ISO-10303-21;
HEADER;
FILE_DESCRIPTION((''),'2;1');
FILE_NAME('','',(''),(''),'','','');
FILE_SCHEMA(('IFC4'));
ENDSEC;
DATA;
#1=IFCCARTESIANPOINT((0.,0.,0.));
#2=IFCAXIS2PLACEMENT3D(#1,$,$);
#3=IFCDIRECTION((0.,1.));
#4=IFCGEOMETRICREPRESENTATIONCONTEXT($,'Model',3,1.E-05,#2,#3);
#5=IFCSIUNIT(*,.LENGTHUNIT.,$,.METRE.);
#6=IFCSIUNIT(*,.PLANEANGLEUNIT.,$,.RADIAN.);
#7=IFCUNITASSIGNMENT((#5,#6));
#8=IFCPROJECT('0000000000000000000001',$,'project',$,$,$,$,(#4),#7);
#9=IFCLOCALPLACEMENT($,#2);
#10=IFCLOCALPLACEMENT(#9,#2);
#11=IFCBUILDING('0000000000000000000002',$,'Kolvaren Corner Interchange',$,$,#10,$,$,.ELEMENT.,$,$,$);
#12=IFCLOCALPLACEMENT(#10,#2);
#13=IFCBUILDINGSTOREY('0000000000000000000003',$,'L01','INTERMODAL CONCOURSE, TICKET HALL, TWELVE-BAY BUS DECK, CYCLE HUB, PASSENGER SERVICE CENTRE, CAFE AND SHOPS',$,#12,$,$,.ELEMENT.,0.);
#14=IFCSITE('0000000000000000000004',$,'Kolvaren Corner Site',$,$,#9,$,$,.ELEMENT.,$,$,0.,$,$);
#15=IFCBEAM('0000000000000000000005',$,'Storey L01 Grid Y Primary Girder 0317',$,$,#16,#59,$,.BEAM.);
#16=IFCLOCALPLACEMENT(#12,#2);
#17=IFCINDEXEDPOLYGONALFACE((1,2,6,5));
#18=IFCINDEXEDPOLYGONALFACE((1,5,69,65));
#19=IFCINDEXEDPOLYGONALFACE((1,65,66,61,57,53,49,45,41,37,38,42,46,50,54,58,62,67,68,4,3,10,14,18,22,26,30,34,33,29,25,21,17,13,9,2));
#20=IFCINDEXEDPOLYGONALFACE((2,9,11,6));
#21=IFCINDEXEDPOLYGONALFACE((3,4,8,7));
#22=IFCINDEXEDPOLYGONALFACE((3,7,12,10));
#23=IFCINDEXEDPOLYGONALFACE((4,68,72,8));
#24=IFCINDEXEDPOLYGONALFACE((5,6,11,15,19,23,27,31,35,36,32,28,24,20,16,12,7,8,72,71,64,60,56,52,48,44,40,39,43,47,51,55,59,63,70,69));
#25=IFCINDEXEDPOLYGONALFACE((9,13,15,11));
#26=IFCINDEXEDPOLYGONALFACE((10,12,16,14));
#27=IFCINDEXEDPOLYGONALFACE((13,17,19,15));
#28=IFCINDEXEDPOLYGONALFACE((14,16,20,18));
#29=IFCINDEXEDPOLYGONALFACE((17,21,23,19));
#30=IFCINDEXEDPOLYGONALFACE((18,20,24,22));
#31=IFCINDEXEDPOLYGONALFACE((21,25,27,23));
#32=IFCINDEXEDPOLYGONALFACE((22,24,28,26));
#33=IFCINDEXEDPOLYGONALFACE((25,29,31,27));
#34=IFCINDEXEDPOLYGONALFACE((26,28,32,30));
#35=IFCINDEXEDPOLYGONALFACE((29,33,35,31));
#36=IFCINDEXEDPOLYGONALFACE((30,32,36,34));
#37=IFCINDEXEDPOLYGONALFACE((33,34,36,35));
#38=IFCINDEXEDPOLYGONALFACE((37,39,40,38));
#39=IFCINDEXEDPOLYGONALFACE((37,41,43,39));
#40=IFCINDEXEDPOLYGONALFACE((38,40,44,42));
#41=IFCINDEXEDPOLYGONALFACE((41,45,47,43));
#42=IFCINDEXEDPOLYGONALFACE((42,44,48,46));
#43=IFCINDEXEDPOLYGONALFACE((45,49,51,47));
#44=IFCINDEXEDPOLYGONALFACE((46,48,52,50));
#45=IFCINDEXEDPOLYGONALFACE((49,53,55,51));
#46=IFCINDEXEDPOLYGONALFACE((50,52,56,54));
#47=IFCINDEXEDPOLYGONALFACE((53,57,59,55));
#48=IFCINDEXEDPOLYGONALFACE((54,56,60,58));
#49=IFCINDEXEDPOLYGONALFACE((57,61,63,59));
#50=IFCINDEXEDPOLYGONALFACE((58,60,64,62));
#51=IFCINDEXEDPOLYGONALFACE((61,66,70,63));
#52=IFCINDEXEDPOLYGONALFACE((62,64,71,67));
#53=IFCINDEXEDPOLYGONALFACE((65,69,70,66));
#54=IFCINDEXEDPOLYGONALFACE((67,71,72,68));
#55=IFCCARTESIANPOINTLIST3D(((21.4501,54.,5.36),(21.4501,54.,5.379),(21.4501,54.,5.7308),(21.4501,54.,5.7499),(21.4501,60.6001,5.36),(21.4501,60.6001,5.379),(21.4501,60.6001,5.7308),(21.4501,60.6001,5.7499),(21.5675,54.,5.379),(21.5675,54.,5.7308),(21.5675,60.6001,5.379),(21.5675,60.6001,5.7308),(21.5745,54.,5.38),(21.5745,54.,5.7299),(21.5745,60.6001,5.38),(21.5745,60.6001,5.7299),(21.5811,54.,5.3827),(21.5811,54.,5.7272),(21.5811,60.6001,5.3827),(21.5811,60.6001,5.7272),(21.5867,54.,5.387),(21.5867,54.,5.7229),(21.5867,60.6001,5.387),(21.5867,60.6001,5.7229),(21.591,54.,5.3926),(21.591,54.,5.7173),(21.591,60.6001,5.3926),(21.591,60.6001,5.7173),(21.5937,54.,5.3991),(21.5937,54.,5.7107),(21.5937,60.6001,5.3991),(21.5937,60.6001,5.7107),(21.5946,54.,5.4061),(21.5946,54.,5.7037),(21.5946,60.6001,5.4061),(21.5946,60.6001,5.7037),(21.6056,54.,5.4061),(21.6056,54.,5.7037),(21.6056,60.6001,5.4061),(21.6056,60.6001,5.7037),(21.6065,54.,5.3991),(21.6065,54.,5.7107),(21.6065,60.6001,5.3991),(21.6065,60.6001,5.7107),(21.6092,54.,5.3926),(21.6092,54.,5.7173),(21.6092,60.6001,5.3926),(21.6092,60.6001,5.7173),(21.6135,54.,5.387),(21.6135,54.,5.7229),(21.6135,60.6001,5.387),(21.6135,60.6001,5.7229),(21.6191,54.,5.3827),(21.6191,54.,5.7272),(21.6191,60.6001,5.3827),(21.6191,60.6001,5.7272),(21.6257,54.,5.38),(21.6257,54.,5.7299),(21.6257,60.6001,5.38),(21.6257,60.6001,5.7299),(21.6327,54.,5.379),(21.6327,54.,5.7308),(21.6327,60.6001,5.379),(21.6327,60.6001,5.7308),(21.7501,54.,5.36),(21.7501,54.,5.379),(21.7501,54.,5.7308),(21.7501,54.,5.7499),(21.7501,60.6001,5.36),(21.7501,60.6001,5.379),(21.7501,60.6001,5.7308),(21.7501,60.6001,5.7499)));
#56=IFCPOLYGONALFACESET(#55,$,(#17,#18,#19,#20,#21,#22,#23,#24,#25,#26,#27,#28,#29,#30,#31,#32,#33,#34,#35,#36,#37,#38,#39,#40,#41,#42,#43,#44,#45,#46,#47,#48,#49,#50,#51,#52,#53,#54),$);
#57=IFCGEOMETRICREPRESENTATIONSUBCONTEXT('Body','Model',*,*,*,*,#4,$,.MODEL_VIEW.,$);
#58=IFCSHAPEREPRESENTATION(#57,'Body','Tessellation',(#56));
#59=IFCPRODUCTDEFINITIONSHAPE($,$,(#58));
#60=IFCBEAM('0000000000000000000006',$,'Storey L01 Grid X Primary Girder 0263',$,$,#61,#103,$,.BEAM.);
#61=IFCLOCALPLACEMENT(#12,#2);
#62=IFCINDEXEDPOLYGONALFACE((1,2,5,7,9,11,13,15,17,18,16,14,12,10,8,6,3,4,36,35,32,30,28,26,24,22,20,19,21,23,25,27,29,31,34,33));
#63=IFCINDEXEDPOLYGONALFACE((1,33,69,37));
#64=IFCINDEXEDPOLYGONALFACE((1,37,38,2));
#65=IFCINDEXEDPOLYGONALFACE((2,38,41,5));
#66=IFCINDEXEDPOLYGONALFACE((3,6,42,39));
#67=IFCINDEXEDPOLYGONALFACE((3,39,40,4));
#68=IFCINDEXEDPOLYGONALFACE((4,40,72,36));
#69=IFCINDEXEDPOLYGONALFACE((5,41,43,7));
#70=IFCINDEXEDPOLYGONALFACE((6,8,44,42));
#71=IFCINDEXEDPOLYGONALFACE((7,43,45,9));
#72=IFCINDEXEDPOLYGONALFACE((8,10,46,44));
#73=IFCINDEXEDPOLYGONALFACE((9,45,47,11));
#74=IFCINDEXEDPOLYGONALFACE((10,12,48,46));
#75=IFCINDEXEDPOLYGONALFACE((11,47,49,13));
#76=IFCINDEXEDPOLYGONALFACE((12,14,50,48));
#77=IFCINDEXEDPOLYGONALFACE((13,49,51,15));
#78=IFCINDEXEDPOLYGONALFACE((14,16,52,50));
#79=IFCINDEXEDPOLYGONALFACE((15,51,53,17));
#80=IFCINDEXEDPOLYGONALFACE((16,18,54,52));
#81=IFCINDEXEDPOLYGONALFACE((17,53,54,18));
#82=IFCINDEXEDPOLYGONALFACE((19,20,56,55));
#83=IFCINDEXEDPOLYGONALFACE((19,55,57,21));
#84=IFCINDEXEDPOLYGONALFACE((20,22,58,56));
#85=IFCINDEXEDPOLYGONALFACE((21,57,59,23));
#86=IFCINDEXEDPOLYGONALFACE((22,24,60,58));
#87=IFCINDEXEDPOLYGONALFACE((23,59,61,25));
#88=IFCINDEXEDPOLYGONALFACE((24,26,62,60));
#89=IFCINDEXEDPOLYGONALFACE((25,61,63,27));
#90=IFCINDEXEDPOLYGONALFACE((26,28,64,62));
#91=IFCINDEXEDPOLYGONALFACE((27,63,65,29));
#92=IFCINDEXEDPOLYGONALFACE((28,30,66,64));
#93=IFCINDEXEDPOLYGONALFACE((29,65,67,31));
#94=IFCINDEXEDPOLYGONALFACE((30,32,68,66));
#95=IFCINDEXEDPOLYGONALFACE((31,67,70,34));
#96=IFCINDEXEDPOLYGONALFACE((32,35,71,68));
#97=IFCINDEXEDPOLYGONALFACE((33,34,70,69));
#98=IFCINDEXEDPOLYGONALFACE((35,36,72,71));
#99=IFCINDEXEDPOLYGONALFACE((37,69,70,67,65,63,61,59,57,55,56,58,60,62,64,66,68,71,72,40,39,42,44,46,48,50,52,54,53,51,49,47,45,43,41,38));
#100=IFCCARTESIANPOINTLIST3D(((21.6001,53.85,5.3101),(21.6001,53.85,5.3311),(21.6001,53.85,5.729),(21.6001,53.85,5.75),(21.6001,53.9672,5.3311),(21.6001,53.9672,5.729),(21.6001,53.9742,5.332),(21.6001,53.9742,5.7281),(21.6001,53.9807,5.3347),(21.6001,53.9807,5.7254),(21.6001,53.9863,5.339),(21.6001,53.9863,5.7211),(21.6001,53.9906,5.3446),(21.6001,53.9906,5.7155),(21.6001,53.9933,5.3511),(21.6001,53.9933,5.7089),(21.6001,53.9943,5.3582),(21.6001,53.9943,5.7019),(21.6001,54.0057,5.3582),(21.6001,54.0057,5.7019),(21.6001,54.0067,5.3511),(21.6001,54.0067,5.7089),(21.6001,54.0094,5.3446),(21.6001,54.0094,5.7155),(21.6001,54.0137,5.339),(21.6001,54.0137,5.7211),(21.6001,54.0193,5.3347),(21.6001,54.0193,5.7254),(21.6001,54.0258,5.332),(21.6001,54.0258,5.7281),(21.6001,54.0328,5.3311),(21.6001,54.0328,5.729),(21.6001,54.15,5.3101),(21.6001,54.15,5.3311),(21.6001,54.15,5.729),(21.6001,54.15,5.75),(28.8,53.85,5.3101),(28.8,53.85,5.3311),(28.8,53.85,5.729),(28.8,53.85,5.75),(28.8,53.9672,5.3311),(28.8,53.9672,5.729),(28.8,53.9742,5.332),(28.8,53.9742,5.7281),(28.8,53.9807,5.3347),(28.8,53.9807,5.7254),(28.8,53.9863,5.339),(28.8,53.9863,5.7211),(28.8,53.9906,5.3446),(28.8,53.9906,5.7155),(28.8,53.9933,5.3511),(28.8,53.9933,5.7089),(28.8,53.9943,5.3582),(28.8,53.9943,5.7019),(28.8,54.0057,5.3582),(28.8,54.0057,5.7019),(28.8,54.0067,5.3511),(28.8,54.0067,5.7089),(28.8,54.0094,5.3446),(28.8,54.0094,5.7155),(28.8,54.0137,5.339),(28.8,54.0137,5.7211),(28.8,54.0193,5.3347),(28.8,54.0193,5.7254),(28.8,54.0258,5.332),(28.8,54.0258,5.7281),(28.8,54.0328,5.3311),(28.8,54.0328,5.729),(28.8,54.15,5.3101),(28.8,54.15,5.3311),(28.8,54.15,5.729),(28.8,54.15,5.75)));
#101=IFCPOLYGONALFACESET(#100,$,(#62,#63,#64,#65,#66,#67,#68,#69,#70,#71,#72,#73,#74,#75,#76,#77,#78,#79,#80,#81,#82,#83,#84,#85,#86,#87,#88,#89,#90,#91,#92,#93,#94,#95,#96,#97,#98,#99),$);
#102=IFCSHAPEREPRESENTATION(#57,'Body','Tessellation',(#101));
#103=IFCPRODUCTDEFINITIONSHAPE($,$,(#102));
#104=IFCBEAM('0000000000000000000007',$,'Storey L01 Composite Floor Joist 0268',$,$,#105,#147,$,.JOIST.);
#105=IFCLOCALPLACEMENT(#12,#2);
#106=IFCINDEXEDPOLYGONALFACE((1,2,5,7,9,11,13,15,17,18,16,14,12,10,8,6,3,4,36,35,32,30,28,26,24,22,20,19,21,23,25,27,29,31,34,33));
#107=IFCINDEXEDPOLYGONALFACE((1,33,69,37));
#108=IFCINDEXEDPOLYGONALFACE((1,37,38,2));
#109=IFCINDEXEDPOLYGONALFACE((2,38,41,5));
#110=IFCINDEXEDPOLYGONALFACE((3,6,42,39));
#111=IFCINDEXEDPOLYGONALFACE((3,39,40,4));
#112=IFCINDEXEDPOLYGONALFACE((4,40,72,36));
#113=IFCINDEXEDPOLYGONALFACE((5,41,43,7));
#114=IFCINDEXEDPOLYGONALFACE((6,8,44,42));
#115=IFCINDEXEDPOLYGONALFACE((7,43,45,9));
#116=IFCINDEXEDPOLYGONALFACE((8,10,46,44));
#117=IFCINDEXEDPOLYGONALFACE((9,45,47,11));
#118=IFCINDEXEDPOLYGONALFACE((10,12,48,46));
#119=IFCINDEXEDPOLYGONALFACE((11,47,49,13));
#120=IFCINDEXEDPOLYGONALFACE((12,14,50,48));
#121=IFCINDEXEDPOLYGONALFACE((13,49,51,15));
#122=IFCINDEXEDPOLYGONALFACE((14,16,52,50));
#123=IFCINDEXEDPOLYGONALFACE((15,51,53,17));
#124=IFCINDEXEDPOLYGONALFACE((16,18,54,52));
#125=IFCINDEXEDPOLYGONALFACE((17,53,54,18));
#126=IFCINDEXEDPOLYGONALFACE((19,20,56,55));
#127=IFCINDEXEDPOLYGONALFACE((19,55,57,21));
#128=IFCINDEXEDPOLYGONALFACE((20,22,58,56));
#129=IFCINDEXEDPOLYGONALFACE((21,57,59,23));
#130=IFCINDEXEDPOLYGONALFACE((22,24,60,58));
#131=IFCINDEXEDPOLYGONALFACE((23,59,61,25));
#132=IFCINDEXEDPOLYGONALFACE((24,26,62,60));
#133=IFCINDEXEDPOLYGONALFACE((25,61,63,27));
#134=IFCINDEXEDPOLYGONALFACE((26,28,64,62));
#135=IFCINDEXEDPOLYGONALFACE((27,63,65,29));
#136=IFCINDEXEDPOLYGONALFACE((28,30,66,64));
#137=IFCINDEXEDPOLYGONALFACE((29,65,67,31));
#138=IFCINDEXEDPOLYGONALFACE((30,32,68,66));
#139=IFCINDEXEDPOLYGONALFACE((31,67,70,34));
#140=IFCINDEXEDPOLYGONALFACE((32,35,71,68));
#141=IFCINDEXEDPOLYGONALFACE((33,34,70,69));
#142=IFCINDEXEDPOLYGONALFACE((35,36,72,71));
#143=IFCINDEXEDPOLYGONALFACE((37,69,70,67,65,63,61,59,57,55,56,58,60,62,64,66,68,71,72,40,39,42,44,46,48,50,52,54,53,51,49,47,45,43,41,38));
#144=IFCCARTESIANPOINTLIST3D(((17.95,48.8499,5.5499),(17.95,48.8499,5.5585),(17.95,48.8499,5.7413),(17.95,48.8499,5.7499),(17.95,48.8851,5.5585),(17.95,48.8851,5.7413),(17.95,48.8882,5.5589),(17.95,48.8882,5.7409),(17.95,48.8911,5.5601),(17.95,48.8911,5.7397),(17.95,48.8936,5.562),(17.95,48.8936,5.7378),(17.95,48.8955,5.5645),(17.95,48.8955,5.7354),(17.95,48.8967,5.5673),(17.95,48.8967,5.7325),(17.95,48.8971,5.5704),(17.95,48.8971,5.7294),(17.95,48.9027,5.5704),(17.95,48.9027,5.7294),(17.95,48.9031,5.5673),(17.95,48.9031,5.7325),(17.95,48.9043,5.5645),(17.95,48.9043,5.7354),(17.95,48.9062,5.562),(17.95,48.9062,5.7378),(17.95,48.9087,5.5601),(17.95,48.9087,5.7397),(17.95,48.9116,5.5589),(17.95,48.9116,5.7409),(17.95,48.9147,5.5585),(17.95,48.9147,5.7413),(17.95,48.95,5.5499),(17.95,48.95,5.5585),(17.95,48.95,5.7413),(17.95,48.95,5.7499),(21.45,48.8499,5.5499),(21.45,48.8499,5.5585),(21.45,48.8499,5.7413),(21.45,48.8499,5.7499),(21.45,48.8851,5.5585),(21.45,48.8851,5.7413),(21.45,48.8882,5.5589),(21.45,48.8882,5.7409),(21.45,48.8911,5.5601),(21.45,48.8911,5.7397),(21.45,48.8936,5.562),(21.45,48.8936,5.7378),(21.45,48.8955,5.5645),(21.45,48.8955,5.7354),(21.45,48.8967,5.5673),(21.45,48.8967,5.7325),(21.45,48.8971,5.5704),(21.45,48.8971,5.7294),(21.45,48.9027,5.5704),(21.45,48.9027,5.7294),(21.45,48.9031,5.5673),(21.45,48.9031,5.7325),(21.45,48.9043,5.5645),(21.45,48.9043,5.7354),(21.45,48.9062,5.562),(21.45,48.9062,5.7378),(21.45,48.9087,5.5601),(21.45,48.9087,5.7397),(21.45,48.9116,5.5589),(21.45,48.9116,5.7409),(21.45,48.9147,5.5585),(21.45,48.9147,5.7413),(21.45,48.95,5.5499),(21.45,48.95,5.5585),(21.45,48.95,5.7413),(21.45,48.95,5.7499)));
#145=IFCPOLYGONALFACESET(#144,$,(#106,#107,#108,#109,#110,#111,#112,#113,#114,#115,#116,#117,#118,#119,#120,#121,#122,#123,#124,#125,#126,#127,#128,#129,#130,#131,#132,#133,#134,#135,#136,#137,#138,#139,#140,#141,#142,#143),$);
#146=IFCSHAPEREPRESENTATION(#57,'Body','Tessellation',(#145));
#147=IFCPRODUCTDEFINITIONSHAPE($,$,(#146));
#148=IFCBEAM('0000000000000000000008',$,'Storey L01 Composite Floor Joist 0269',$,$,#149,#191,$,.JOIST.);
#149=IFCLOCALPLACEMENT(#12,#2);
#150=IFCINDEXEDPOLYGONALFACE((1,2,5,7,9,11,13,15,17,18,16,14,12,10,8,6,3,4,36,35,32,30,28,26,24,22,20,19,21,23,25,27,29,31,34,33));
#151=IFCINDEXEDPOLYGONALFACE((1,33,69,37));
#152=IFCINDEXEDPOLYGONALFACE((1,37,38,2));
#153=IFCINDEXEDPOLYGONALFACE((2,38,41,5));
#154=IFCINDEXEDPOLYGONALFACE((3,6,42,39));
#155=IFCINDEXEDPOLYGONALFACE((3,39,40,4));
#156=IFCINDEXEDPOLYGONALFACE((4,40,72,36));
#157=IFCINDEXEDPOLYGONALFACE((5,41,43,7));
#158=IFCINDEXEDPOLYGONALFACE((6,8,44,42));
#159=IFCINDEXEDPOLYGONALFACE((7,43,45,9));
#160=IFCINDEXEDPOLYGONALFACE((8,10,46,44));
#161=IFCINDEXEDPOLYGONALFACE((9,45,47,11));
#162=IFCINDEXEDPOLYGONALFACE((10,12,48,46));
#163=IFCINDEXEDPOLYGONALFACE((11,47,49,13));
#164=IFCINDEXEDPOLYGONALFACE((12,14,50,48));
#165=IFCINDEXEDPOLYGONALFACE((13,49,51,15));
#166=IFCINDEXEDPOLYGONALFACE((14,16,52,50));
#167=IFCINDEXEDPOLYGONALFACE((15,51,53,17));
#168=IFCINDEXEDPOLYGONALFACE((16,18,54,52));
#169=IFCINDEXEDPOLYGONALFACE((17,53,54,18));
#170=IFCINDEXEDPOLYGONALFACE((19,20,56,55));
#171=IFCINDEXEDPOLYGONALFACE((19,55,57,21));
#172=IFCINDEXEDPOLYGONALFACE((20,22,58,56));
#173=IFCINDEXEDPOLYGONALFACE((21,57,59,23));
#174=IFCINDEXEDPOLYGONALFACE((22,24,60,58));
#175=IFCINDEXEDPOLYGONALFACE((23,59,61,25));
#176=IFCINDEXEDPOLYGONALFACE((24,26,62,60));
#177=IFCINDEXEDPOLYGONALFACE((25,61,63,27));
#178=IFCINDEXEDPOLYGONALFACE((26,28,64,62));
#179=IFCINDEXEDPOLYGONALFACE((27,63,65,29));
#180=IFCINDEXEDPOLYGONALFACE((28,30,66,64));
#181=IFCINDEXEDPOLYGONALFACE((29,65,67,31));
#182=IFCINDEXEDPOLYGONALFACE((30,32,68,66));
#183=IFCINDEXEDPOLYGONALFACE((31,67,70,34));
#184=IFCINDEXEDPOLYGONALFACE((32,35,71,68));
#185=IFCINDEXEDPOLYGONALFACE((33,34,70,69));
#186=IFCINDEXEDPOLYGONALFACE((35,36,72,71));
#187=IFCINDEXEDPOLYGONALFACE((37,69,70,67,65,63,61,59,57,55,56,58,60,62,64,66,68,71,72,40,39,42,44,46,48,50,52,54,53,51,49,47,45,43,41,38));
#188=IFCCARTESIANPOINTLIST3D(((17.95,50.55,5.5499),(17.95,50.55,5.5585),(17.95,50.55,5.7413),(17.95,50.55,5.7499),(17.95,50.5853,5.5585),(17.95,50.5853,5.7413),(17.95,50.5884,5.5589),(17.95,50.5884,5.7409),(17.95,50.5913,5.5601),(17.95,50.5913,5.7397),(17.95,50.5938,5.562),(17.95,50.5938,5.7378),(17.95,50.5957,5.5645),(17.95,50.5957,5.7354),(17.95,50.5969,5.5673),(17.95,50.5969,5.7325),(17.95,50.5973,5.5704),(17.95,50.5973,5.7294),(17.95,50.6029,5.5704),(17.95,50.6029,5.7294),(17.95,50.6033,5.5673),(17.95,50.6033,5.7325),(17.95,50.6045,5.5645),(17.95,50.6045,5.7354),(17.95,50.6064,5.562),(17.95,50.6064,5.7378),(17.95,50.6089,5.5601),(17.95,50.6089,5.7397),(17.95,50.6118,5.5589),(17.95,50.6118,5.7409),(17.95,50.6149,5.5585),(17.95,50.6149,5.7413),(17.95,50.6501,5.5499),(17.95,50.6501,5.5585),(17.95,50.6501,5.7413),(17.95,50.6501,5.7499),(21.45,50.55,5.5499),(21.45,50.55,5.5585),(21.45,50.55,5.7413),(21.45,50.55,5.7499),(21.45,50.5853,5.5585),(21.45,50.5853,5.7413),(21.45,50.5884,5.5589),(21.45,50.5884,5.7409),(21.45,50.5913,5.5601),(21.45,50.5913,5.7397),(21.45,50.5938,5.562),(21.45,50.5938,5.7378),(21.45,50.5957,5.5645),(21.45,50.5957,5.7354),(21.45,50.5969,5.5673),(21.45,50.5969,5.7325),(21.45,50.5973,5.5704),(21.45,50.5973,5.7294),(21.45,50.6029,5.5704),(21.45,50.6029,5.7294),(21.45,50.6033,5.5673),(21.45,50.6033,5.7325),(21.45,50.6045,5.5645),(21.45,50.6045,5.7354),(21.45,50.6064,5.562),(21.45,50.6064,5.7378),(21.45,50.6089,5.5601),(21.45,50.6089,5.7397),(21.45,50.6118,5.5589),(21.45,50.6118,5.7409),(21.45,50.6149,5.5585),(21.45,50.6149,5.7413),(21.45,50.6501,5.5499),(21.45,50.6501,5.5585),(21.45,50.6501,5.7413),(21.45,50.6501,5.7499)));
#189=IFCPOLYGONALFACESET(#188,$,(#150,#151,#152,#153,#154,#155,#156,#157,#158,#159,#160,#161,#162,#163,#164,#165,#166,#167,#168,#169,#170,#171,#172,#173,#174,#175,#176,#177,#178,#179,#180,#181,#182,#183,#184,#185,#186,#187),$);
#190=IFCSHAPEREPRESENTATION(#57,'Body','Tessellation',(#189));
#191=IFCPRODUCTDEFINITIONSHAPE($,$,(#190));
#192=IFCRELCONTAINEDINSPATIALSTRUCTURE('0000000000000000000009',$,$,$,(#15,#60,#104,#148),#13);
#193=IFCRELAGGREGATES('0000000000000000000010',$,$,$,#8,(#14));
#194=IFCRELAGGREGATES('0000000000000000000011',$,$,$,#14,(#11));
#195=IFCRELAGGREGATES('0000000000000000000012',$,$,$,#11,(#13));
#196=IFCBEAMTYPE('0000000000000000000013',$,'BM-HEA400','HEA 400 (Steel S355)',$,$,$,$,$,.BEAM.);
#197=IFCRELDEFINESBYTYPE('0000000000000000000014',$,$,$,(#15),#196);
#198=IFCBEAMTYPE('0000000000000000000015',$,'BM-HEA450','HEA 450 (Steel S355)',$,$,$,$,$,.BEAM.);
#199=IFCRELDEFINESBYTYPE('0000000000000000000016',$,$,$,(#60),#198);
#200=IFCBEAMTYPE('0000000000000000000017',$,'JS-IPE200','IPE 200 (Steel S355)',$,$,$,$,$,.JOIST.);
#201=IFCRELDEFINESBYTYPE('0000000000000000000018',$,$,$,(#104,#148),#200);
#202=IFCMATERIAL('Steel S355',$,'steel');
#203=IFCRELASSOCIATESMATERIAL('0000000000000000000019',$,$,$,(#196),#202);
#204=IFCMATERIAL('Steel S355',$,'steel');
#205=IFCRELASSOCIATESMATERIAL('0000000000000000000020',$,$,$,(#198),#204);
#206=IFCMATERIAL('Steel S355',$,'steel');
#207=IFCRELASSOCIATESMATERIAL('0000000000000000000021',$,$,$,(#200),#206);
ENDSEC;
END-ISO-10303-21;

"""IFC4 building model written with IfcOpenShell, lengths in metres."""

from ifc_helpers import new_model, si_unit, direction, frame, origin, origin_2d, place, context, subcontext, project, spatial, i_section, extrude, material, material_profile, profile_set, type_object, element, save


model = new_model("IFC4")

# Units and contexts
model_context = context("Model", 3, precision=1e-05, world=origin(), true_north=direction((0.0, 1.0)))
body_context = subcontext(model_context, "Body", "Model", "MODEL_VIEW")
ifc_project = project(units=[si_unit("LENGTHUNIT", "METRE"), si_unit("PLANEANGLEUNIT", "RADIAN")], contexts=[model_context])

# Site, building, storey
site_placement = place(None, origin())
site = spatial("IfcSite", under=ifc_project, at=site_placement, Name="Kolvaren Corner Site", CompositionType="ELEMENT", RefElevation=0.0)
building_placement = place(site_placement, origin())
building = spatial("IfcBuilding", under=site, at=building_placement, Name="Kolvaren Corner Interchange", CompositionType="ELEMENT")
storey_placement = place(building_placement, origin())
storey = spatial("IfcBuildingStorey", under=building, at=storey_placement, Name="L01", Description="INTERMODAL CONCOURSE, TICKET HALL, TWELVE-BAY BUS DECK, CYCLE HUB, PASSENGER SERVICE CENTRE, CAFE AND SHOPS", CompositionType="ELEMENT", Elevation=0.0)

# Beams
ifc_material_1 = material(Name="Steel S355", Category="steel")
ifc_material_profile_1 = material_profile(ifc_material_1, i_section(OverallWidth=0.3, OverallDepth=0.3899, WebThickness=0.011, FlangeThickness=0.019, FilletRadius=0.0271, at=origin_2d()), Name="HEA 400")
ifc_profile_set_1 = profile_set([ifc_material_profile_1], Name="Steel S355")
beam_type_1 = type_object("IfcBeamType", Name="BM-HEA400", Description="HEA 400 (Steel S355)", PredefinedType="BEAM", material=ifc_profile_set_1)
beam_1_placement = place(storey_placement, frame((21.6001, 54.0, 5.5549), z_axis=(0.0, 1.0, 0.0), x_axis=(-1.0, 0.0, 0.0)))
element("IfcBeam", 1, at=beam_1_placement, inside=storey, type_object=beam_type_1, Name="Storey L01 Grid Y Primary Girder 0317", PredefinedType="BEAM", context=body_context, shape_type="SweptSolid", body=[
    extrude(i_section(OverallWidth=0.3, OverallDepth=0.3899, WebThickness=0.011, FlangeThickness=0.019, FilletRadius=0.0271, at=origin_2d()), origin(), (0.0, 0.0, 1.0), 6.6001),
])
ifc_material_2 = material(Name="Steel S355", Category="steel")
ifc_material_profile_2 = material_profile(ifc_material_2, i_section(OverallWidth=0.3, OverallDepth=0.4399, WebThickness=0.0115, FlangeThickness=0.021, FilletRadius=0.0271, at=origin_2d()), Name="HEA 450")
ifc_profile_set_2 = profile_set([ifc_material_profile_2], Name="Steel S355")
beam_type_2 = type_object("IfcBeamType", Name="BM-HEA450", Description="HEA 450 (Steel S355)", PredefinedType="BEAM", material=ifc_profile_set_2)
beam_2_placement = place(storey_placement, frame((21.6001, 54.0, 5.53), z_axis=(1.0, 0.0, 0.0), x_axis=(0.0, 1.0, 0.0)))
element("IfcBeam", 2, at=beam_2_placement, inside=storey, type_object=beam_type_2, Name="Storey L01 Grid X Primary Girder 0263", PredefinedType="BEAM", context=body_context, shape_type="SweptSolid", body=[
    extrude(i_section(OverallWidth=0.3, OverallDepth=0.4399, WebThickness=0.0115, FlangeThickness=0.021, FilletRadius=0.0271, at=origin_2d()), origin(), (0.0, 0.0, 1.0), 7.2),
])
ifc_material_3 = material(Name="Steel S355", Category="steel")
ifc_material_profile_3 = material_profile(ifc_material_3, i_section(OverallWidth=0.1001, OverallDepth=0.2, WebThickness=0.0056, FlangeThickness=0.0085, FilletRadius=0.012, at=origin_2d()), Name="IPE 200")
ifc_profile_set_3 = profile_set([ifc_material_profile_3], Name="Steel S355")
beam_type_3 = type_object("IfcBeamType", Name="JS-IPE200", Description="IPE 200 (Steel S355)", PredefinedType="JOIST", material=ifc_profile_set_3)
for number, where, z_axis, x_axis, name in (
    (3, (17.95, 48.8999, 5.6499), (1.0, 0.0, 0.0), (0.0, 1.0, 0.0), "Storey L01 Composite Floor Joist 0268"),
    (4, (17.95, 50.6001, 5.6499), (1.0, 0.0, 0.0), (0.0, 1.0, 0.0), "Storey L01 Composite Floor Joist 0269"),
):
    element("IfcBeam", number, at=place(storey_placement, frame(where, z_axis=z_axis, x_axis=x_axis)), inside=storey, type_object=beam_type_3, Name=name, PredefinedType="JOIST", context=body_context, shape_type="SweptSolid", body=[
        extrude(i_section(OverallWidth=0.1001, OverallDepth=0.2, WebThickness=0.0056, FlangeThickness=0.0085, FilletRadius=0.012, at=origin_2d()), origin(), (0.0, 0.0, 1.0), 3.5),
    ])

save(model, "model.ifc")
